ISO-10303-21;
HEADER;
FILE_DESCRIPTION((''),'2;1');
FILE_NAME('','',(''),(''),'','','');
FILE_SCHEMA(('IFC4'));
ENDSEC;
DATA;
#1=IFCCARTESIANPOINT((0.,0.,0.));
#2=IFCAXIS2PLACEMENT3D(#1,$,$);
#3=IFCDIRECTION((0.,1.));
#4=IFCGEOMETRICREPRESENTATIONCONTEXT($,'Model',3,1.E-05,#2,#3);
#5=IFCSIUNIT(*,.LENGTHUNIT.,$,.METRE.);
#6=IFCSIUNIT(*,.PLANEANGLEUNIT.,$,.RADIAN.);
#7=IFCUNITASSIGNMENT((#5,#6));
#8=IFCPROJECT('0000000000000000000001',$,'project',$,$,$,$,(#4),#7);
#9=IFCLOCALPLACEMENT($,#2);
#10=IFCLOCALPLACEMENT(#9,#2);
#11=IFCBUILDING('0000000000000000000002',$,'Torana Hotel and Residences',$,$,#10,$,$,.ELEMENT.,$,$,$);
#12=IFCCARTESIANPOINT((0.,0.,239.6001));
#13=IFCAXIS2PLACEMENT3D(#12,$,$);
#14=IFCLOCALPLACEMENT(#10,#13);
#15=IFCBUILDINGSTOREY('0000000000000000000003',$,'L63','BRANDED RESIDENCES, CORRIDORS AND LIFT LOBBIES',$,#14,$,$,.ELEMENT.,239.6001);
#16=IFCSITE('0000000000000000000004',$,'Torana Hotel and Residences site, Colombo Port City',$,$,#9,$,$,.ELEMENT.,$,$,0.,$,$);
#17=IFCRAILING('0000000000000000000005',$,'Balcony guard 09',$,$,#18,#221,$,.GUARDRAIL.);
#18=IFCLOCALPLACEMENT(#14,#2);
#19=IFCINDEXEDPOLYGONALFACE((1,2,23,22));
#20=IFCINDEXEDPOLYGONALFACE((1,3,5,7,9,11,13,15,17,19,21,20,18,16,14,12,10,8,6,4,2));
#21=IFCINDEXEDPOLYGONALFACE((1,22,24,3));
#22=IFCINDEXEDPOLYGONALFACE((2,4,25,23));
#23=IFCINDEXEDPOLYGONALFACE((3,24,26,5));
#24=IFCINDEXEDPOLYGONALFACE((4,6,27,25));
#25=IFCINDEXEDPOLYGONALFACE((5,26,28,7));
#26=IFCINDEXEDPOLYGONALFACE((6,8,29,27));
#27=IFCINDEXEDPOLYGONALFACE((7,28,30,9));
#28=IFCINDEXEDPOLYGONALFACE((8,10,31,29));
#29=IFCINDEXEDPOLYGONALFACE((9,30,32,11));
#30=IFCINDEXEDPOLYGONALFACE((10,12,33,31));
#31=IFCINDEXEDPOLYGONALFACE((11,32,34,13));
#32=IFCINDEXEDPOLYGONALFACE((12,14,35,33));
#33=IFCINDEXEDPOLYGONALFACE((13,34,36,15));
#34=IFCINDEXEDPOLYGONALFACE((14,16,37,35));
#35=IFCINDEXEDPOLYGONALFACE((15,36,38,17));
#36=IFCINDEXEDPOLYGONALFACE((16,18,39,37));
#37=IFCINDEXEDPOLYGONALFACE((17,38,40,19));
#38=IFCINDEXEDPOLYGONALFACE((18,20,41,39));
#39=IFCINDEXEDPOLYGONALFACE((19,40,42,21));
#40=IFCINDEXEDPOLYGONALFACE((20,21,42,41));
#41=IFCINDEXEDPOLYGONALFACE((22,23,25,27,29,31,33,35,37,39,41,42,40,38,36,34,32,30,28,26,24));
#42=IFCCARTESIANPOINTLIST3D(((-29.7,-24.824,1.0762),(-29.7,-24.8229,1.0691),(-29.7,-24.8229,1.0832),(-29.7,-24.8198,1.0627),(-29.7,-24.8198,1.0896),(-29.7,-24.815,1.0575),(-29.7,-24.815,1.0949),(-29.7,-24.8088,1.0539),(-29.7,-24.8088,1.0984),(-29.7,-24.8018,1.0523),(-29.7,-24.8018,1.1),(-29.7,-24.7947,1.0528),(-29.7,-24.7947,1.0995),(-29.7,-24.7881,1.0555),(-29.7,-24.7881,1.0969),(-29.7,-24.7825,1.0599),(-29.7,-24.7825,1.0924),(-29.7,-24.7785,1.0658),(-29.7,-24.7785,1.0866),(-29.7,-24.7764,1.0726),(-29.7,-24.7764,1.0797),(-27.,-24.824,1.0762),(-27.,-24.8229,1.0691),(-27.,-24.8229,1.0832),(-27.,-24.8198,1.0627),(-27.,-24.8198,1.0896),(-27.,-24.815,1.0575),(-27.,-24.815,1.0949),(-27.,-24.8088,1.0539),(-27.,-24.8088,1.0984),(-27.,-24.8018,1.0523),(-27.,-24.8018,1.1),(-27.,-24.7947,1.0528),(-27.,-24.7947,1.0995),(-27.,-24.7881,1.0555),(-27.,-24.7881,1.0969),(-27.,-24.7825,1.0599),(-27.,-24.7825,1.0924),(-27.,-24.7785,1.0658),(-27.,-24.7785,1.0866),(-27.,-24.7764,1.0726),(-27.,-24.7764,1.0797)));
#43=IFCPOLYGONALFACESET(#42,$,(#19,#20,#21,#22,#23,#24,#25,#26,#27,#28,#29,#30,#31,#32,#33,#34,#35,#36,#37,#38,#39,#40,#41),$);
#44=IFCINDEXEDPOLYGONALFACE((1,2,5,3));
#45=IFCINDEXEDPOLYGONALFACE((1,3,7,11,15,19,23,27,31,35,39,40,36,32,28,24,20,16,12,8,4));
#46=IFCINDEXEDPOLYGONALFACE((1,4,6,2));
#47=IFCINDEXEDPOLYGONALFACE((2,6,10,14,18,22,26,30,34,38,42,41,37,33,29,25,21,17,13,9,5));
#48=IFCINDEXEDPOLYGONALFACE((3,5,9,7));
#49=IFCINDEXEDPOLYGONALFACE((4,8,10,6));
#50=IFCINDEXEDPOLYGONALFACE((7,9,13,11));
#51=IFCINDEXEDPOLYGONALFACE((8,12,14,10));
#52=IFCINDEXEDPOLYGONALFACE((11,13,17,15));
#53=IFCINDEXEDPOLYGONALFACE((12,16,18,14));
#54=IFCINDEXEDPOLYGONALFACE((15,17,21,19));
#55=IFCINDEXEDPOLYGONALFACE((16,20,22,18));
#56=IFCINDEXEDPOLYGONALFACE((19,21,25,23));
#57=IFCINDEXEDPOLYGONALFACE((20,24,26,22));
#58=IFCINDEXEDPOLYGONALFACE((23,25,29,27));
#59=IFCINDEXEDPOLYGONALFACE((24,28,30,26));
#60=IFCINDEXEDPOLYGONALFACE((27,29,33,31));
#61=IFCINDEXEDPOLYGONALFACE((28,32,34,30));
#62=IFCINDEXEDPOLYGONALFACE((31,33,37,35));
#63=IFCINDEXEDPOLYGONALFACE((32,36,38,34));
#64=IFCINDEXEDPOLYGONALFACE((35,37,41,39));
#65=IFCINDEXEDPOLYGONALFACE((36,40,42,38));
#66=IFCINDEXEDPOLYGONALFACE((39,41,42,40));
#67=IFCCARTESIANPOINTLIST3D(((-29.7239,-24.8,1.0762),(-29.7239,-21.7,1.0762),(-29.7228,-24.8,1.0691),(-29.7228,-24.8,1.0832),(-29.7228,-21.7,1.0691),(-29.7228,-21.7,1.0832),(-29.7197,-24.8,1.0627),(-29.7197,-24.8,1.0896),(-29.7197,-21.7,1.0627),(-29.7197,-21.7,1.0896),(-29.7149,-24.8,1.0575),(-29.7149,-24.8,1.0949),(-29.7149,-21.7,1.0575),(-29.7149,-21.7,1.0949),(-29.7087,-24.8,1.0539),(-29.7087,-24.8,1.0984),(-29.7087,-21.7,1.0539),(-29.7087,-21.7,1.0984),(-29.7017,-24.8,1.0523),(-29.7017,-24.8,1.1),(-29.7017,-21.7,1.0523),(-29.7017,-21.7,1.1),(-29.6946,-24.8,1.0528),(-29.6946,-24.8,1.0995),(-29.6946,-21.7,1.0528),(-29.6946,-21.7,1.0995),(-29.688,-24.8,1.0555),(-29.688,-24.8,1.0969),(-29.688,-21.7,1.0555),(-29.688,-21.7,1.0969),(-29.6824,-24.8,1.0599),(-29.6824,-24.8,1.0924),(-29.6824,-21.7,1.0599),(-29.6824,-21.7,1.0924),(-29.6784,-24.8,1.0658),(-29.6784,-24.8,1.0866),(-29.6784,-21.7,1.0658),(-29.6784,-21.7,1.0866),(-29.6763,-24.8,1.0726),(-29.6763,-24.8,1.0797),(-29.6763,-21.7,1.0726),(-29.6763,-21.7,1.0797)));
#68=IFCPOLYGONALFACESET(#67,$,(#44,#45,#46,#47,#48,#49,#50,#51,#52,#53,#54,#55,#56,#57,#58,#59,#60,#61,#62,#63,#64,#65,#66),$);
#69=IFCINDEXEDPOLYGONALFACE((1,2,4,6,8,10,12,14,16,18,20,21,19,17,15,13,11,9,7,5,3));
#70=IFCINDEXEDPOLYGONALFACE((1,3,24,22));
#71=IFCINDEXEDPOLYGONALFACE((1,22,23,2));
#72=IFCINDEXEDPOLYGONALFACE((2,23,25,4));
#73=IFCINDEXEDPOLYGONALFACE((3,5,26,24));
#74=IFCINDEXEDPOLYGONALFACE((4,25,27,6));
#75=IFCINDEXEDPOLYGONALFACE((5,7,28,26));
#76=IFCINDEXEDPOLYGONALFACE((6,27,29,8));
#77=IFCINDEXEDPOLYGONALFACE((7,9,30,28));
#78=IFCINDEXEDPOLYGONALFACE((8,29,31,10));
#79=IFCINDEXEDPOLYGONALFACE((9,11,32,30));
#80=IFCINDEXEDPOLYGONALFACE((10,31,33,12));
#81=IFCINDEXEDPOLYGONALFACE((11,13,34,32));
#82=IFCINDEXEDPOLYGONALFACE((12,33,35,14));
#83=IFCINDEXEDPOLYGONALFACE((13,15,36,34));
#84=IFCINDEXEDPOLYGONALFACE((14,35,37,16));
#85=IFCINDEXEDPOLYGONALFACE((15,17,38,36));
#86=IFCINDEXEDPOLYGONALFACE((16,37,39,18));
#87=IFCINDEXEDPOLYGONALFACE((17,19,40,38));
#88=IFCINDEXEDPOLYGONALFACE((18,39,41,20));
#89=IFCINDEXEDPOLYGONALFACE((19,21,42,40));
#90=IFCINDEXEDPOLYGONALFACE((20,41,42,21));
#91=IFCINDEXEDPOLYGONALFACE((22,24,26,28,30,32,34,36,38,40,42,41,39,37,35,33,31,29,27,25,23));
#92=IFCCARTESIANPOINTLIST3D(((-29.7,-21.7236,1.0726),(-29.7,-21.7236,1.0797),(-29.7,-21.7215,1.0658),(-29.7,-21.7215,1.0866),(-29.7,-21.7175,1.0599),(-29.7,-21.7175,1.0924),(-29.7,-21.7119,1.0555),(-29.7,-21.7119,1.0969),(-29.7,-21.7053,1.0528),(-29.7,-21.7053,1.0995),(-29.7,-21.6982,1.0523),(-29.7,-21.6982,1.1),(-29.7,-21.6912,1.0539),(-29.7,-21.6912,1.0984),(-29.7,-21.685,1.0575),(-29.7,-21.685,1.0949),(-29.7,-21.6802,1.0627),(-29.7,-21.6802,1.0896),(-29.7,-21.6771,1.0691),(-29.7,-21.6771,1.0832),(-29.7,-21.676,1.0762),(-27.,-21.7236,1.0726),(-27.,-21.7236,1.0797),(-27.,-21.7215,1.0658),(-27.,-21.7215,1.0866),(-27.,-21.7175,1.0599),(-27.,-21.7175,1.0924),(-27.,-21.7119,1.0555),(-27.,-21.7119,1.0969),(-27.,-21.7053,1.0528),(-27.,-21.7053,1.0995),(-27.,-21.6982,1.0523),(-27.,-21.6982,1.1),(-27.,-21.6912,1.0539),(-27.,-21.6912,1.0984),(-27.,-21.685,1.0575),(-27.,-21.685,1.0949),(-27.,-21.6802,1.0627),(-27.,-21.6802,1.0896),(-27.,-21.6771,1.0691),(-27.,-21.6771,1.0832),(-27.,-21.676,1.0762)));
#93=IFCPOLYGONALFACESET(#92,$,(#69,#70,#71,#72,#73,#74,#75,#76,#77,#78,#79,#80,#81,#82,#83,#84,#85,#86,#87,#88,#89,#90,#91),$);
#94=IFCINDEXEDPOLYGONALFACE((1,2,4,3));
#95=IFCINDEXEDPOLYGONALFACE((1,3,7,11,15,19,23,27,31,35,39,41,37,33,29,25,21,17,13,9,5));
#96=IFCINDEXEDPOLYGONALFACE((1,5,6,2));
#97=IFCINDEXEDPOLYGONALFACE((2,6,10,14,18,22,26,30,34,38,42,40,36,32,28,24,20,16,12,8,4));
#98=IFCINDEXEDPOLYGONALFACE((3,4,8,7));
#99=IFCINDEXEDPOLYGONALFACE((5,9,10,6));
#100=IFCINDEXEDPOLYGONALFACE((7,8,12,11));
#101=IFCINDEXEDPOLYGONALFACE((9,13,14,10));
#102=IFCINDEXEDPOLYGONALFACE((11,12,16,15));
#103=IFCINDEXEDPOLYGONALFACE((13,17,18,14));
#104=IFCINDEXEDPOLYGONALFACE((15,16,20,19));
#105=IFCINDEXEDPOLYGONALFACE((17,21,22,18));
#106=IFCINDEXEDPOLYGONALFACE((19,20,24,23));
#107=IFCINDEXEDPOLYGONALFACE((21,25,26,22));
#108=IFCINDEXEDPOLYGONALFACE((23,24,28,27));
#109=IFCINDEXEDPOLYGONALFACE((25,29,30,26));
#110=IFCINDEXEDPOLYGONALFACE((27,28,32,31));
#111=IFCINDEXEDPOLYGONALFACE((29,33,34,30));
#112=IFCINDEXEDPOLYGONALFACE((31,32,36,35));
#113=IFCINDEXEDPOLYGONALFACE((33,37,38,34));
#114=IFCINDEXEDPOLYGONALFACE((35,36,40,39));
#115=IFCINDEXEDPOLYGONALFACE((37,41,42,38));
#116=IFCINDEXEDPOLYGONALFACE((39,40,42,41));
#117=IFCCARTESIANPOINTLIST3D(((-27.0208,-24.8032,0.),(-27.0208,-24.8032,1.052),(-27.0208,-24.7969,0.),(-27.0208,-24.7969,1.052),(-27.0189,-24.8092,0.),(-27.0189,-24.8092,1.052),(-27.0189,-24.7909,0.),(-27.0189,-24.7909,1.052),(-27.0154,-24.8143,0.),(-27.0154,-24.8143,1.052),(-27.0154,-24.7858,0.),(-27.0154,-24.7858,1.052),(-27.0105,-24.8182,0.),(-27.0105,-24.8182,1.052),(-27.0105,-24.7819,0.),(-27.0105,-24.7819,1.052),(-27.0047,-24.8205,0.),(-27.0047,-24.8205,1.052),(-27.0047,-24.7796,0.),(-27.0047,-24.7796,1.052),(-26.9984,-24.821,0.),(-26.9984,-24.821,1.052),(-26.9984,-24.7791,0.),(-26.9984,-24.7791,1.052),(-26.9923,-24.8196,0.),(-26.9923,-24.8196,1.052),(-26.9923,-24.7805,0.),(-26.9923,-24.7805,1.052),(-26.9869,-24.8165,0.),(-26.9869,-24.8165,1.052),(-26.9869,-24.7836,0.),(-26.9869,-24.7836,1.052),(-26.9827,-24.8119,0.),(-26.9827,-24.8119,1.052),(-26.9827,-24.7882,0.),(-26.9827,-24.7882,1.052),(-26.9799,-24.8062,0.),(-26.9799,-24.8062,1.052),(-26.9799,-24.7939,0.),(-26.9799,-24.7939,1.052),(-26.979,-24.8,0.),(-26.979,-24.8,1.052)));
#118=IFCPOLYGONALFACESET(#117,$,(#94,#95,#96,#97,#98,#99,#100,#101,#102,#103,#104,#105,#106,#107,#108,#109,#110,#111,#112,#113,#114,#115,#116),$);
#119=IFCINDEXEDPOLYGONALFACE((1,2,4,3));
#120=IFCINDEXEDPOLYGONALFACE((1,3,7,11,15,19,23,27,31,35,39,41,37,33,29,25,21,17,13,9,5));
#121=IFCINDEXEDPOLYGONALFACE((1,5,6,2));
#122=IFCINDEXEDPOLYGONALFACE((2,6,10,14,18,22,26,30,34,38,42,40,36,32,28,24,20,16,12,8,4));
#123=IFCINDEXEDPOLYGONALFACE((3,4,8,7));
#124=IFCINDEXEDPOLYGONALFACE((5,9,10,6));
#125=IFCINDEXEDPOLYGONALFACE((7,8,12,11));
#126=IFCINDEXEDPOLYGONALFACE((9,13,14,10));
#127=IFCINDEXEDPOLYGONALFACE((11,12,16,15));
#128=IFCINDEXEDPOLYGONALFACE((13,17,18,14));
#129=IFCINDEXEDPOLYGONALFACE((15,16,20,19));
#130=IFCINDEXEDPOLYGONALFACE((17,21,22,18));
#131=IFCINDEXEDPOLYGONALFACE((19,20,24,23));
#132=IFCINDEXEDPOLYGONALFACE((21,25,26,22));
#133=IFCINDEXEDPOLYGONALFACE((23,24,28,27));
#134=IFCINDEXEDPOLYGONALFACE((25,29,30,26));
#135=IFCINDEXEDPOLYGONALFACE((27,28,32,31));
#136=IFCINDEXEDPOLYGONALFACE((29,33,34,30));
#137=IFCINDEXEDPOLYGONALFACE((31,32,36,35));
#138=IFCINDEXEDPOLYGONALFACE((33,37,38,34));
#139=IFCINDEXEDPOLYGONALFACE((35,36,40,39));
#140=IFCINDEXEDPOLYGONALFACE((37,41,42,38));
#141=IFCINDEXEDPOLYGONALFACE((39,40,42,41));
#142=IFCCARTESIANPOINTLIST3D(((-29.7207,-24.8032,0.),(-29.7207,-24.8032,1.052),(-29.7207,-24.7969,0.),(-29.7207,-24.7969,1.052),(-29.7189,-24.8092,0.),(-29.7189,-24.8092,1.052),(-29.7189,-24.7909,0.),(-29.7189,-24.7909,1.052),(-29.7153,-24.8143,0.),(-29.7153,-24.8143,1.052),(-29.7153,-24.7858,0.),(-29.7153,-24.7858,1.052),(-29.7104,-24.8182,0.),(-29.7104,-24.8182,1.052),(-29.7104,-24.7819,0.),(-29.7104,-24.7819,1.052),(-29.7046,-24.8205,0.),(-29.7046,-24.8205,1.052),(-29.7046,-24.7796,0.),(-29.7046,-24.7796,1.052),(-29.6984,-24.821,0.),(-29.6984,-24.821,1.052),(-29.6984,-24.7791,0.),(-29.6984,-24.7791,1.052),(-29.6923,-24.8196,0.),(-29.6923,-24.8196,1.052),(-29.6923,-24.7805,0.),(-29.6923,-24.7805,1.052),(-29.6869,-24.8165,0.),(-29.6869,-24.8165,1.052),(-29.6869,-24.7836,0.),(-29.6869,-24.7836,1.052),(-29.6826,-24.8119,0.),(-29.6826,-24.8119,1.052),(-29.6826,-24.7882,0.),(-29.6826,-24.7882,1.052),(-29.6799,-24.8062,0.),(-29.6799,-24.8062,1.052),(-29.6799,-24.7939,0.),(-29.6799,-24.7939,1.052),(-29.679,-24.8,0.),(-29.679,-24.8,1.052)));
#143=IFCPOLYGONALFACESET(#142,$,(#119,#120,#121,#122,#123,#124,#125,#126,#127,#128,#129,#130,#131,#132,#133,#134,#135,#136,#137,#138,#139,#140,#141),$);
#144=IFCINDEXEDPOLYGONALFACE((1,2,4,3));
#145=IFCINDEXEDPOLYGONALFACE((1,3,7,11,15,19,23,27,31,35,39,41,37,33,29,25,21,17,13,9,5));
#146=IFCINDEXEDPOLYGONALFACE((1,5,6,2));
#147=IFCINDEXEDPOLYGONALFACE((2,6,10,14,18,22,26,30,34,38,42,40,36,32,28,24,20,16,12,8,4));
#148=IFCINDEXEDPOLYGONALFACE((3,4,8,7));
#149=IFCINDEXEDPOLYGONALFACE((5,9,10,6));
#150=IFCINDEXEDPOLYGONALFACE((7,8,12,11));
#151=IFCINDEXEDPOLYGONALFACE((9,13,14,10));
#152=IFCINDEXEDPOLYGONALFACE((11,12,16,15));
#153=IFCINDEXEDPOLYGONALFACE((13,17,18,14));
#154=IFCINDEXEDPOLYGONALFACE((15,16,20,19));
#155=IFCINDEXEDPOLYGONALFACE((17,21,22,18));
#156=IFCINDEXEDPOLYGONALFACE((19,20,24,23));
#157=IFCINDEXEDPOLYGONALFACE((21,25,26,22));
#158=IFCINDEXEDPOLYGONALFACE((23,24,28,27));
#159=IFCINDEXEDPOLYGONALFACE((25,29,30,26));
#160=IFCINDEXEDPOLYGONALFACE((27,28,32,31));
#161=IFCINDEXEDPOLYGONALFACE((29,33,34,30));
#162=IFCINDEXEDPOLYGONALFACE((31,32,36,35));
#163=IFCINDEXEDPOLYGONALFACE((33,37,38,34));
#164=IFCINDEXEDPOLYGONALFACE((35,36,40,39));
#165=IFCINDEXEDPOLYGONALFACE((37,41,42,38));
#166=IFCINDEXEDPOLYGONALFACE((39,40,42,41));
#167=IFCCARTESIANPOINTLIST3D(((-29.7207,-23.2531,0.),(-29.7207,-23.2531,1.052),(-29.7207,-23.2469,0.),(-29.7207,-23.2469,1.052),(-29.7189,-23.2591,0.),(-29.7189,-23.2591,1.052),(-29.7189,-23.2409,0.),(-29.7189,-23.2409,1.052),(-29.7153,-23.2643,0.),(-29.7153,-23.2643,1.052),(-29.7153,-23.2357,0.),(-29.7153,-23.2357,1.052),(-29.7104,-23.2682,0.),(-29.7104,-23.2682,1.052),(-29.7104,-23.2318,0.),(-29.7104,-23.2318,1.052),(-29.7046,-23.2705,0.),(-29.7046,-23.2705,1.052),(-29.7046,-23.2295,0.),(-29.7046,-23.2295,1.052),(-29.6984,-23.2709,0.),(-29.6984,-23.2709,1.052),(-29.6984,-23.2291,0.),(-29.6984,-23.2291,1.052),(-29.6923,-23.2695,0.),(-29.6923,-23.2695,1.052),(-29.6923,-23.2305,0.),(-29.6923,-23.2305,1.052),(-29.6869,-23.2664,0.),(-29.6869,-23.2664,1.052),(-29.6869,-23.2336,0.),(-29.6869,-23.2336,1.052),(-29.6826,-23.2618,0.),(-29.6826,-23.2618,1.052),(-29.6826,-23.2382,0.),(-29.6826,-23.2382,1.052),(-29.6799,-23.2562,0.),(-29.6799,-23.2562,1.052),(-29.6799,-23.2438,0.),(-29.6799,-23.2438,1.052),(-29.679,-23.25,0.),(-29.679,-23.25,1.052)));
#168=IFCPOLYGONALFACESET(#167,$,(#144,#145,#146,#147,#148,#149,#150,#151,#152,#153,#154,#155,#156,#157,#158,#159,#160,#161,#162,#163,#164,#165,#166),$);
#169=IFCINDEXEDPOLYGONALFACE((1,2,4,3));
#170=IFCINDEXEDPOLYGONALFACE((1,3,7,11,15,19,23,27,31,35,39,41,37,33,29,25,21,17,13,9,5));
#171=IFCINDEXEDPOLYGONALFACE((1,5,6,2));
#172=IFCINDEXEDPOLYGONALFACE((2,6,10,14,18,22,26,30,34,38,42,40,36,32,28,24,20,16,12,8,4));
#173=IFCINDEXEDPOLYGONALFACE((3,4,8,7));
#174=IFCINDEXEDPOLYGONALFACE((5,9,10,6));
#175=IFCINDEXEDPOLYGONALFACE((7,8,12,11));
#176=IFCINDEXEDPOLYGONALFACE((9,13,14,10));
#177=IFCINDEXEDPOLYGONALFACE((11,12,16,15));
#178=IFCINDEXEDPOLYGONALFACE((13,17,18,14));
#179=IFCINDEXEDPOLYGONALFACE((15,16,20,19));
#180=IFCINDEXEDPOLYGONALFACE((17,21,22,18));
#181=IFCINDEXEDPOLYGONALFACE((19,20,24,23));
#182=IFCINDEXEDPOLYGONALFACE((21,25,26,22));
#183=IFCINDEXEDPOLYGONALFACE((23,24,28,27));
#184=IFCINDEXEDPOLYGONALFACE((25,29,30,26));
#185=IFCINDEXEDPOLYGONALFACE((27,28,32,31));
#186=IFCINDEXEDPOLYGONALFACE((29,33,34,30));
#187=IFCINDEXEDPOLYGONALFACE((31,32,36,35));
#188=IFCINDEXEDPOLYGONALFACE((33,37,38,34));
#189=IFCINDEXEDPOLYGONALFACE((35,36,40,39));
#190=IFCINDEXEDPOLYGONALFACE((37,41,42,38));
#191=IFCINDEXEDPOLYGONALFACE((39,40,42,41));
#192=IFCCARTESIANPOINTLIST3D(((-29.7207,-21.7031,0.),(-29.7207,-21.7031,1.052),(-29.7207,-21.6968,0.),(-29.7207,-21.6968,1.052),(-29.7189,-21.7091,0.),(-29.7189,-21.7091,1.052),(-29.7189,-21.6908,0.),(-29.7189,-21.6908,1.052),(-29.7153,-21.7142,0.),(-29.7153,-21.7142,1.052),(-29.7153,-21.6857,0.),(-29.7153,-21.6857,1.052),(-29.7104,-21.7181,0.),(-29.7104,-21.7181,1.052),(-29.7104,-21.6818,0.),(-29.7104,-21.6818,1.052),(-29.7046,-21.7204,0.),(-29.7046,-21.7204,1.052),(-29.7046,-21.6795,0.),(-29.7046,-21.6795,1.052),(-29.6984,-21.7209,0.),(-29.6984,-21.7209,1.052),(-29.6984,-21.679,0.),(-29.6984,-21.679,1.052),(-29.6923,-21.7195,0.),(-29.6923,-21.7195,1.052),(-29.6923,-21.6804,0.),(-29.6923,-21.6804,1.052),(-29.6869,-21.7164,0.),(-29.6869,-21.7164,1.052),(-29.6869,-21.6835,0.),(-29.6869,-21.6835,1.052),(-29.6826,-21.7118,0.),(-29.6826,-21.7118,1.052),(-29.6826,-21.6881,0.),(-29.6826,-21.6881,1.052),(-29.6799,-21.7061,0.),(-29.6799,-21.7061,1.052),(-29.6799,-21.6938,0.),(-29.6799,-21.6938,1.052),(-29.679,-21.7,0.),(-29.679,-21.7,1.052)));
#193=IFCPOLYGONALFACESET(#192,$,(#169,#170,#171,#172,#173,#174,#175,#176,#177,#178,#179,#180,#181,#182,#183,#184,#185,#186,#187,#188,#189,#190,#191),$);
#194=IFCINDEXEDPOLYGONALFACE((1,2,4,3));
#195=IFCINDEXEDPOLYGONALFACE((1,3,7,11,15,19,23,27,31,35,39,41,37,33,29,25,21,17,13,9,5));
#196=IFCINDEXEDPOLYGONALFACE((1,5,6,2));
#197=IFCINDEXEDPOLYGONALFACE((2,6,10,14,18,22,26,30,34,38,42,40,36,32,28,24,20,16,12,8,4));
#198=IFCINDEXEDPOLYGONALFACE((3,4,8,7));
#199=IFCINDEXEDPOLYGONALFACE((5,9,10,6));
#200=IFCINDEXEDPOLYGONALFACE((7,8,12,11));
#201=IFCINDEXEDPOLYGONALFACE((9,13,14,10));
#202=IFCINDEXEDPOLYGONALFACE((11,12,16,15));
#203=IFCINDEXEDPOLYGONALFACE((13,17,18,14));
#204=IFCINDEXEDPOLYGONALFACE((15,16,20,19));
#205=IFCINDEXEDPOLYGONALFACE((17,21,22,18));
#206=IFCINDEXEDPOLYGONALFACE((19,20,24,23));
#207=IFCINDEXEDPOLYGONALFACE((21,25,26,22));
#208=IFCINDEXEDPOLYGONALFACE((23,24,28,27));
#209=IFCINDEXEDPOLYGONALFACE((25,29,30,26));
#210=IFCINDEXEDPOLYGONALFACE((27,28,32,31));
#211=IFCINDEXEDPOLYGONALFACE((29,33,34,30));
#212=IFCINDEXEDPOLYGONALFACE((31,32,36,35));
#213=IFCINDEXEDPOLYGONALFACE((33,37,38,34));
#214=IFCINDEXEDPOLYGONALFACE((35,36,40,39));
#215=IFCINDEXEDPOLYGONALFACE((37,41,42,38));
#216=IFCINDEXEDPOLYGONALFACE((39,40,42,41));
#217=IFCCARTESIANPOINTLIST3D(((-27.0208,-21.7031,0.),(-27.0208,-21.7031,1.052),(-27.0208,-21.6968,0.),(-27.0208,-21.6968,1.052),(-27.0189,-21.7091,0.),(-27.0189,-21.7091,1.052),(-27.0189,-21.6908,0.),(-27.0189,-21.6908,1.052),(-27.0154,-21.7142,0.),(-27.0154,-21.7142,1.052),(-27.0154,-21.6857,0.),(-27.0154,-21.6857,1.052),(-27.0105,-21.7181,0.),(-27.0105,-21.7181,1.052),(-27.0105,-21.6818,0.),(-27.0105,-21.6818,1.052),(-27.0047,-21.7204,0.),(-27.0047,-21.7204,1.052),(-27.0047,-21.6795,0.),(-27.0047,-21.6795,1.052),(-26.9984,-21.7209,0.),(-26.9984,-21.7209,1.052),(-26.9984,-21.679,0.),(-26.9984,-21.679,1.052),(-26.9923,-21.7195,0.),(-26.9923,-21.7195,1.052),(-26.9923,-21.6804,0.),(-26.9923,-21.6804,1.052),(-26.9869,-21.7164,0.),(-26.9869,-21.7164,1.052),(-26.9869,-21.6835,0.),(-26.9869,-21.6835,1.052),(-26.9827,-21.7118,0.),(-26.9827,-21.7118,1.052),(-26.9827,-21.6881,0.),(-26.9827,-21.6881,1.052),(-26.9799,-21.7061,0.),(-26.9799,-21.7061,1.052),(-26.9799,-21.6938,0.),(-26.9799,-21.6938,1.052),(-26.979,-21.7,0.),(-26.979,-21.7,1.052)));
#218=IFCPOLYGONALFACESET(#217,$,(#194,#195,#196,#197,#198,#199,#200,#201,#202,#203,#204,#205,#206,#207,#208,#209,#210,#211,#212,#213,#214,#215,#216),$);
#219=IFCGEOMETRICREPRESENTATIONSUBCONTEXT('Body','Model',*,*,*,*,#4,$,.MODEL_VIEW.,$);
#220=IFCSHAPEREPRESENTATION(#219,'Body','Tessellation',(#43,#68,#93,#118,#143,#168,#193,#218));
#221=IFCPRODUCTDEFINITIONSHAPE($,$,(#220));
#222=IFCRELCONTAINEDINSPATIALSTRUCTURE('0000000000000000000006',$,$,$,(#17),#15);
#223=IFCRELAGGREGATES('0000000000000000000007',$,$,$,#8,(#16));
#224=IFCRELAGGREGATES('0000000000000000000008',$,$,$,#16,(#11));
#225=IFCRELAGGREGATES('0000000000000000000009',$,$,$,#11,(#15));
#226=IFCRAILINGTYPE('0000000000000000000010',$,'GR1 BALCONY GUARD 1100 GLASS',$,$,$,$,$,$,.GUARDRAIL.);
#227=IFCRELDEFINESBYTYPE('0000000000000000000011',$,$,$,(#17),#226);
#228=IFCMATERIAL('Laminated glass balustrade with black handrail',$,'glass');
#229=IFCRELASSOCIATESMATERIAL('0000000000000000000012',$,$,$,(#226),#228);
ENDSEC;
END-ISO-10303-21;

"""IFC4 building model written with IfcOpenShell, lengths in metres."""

from ifc_helpers import new_model, si_unit, direction, frame, origin, origin_2d, place, context, subcontext, project, spatial, circle, extrude, material, type_object, element, save


model = new_model("IFC4")

# Units and contexts
model_context = context("Model", 3, precision=1e-05, world=origin(), true_north=direction((0.0, 1.0)))
body_context = subcontext(model_context, "Body", "Model", "MODEL_VIEW")
ifc_project = project(units=[si_unit("LENGTHUNIT", "METRE"), si_unit("PLANEANGLEUNIT", "RADIAN")], contexts=[model_context])

# Site, building, storey
site_placement = place(None, origin())
site = spatial("IfcSite", under=ifc_project, at=site_placement, Name="Torana Hotel and Residences site, Colombo Port City", CompositionType="ELEMENT", RefElevation=0.0)
building_placement = place(site_placement, origin())
building = spatial("IfcBuilding", under=site, at=building_placement, Name="Torana Hotel and Residences", CompositionType="ELEMENT")
storey_placement = place(building_placement, frame((0.0, 0.0, 239.6001)))
storey = spatial("IfcBuildingStorey", under=building, at=storey_placement, Name="L63", Description="BRANDED RESIDENCES, CORRIDORS AND LIFT LOBBIES", CompositionType="ELEMENT", Elevation=239.6001)

# Railing
ifc_material_1 = material(Name="Laminated glass balustrade with black handrail", Category="glass")
railing_type = type_object("IfcRailingType", Name="GR1 BALCONY GUARD 1100 GLASS", PredefinedType="GUARDRAIL", material=ifc_material_1)
railing_placement = place(storey_placement, frame((-27.0, -24.8, 0.0)))
element("IfcRailing", 1, at=railing_placement, inside=storey, type_object=railing_type, Name="Balcony guard 09", PredefinedType="GUARDRAIL", context=body_context, shape_type="SweptSolid", body=[
    extrude(circle(Radius=0.0239, at=origin_2d()), frame((0.0, 0.0, 1.0762), z_axis=(-1.0, 0.0, 0.0), x_axis=(0.0, -1.0, 0.0)), (0.0, 0.0, 1.0), 2.7),
    extrude(circle(Radius=0.0239, at=origin_2d()), frame((-2.7, 0.0, 1.0762), z_axis=(0.0, 1.0, 0.0), x_axis=(-1.0, 0.0, 0.0)), (0.0, 0.0, 1.0), 3.1001),
    extrude(circle(Radius=0.0239, at=origin_2d()), frame((-2.7, 3.1001, 1.0762), z_axis=(1.0, 0.0, 0.0), x_axis=(0.0, 1.0, 0.0)), (0.0, 0.0, 1.0), 2.7),
    extrude(circle(Radius=0.021, at=origin_2d()), origin(), (0.0, 0.0, 1.0), 1.052),
    extrude(circle(Radius=0.021, at=origin_2d()), frame((-2.7, 0.0, 0.0)), (0.0, 0.0, 1.0), 1.052),
    extrude(circle(Radius=0.021, at=origin_2d()), frame((-2.7, 1.55, 0.0)), (0.0, 0.0, 1.0), 1.052),
    extrude(circle(Radius=0.021, at=origin_2d()), frame((-2.7, 3.1001, 0.0)), (0.0, 0.0, 1.0), 1.052),
    extrude(circle(Radius=0.021, at=origin_2d()), frame((0.0, 3.1001, 0.0)), (0.0, 0.0, 1.0), 1.052),
])

save(model, "model.ifc")
